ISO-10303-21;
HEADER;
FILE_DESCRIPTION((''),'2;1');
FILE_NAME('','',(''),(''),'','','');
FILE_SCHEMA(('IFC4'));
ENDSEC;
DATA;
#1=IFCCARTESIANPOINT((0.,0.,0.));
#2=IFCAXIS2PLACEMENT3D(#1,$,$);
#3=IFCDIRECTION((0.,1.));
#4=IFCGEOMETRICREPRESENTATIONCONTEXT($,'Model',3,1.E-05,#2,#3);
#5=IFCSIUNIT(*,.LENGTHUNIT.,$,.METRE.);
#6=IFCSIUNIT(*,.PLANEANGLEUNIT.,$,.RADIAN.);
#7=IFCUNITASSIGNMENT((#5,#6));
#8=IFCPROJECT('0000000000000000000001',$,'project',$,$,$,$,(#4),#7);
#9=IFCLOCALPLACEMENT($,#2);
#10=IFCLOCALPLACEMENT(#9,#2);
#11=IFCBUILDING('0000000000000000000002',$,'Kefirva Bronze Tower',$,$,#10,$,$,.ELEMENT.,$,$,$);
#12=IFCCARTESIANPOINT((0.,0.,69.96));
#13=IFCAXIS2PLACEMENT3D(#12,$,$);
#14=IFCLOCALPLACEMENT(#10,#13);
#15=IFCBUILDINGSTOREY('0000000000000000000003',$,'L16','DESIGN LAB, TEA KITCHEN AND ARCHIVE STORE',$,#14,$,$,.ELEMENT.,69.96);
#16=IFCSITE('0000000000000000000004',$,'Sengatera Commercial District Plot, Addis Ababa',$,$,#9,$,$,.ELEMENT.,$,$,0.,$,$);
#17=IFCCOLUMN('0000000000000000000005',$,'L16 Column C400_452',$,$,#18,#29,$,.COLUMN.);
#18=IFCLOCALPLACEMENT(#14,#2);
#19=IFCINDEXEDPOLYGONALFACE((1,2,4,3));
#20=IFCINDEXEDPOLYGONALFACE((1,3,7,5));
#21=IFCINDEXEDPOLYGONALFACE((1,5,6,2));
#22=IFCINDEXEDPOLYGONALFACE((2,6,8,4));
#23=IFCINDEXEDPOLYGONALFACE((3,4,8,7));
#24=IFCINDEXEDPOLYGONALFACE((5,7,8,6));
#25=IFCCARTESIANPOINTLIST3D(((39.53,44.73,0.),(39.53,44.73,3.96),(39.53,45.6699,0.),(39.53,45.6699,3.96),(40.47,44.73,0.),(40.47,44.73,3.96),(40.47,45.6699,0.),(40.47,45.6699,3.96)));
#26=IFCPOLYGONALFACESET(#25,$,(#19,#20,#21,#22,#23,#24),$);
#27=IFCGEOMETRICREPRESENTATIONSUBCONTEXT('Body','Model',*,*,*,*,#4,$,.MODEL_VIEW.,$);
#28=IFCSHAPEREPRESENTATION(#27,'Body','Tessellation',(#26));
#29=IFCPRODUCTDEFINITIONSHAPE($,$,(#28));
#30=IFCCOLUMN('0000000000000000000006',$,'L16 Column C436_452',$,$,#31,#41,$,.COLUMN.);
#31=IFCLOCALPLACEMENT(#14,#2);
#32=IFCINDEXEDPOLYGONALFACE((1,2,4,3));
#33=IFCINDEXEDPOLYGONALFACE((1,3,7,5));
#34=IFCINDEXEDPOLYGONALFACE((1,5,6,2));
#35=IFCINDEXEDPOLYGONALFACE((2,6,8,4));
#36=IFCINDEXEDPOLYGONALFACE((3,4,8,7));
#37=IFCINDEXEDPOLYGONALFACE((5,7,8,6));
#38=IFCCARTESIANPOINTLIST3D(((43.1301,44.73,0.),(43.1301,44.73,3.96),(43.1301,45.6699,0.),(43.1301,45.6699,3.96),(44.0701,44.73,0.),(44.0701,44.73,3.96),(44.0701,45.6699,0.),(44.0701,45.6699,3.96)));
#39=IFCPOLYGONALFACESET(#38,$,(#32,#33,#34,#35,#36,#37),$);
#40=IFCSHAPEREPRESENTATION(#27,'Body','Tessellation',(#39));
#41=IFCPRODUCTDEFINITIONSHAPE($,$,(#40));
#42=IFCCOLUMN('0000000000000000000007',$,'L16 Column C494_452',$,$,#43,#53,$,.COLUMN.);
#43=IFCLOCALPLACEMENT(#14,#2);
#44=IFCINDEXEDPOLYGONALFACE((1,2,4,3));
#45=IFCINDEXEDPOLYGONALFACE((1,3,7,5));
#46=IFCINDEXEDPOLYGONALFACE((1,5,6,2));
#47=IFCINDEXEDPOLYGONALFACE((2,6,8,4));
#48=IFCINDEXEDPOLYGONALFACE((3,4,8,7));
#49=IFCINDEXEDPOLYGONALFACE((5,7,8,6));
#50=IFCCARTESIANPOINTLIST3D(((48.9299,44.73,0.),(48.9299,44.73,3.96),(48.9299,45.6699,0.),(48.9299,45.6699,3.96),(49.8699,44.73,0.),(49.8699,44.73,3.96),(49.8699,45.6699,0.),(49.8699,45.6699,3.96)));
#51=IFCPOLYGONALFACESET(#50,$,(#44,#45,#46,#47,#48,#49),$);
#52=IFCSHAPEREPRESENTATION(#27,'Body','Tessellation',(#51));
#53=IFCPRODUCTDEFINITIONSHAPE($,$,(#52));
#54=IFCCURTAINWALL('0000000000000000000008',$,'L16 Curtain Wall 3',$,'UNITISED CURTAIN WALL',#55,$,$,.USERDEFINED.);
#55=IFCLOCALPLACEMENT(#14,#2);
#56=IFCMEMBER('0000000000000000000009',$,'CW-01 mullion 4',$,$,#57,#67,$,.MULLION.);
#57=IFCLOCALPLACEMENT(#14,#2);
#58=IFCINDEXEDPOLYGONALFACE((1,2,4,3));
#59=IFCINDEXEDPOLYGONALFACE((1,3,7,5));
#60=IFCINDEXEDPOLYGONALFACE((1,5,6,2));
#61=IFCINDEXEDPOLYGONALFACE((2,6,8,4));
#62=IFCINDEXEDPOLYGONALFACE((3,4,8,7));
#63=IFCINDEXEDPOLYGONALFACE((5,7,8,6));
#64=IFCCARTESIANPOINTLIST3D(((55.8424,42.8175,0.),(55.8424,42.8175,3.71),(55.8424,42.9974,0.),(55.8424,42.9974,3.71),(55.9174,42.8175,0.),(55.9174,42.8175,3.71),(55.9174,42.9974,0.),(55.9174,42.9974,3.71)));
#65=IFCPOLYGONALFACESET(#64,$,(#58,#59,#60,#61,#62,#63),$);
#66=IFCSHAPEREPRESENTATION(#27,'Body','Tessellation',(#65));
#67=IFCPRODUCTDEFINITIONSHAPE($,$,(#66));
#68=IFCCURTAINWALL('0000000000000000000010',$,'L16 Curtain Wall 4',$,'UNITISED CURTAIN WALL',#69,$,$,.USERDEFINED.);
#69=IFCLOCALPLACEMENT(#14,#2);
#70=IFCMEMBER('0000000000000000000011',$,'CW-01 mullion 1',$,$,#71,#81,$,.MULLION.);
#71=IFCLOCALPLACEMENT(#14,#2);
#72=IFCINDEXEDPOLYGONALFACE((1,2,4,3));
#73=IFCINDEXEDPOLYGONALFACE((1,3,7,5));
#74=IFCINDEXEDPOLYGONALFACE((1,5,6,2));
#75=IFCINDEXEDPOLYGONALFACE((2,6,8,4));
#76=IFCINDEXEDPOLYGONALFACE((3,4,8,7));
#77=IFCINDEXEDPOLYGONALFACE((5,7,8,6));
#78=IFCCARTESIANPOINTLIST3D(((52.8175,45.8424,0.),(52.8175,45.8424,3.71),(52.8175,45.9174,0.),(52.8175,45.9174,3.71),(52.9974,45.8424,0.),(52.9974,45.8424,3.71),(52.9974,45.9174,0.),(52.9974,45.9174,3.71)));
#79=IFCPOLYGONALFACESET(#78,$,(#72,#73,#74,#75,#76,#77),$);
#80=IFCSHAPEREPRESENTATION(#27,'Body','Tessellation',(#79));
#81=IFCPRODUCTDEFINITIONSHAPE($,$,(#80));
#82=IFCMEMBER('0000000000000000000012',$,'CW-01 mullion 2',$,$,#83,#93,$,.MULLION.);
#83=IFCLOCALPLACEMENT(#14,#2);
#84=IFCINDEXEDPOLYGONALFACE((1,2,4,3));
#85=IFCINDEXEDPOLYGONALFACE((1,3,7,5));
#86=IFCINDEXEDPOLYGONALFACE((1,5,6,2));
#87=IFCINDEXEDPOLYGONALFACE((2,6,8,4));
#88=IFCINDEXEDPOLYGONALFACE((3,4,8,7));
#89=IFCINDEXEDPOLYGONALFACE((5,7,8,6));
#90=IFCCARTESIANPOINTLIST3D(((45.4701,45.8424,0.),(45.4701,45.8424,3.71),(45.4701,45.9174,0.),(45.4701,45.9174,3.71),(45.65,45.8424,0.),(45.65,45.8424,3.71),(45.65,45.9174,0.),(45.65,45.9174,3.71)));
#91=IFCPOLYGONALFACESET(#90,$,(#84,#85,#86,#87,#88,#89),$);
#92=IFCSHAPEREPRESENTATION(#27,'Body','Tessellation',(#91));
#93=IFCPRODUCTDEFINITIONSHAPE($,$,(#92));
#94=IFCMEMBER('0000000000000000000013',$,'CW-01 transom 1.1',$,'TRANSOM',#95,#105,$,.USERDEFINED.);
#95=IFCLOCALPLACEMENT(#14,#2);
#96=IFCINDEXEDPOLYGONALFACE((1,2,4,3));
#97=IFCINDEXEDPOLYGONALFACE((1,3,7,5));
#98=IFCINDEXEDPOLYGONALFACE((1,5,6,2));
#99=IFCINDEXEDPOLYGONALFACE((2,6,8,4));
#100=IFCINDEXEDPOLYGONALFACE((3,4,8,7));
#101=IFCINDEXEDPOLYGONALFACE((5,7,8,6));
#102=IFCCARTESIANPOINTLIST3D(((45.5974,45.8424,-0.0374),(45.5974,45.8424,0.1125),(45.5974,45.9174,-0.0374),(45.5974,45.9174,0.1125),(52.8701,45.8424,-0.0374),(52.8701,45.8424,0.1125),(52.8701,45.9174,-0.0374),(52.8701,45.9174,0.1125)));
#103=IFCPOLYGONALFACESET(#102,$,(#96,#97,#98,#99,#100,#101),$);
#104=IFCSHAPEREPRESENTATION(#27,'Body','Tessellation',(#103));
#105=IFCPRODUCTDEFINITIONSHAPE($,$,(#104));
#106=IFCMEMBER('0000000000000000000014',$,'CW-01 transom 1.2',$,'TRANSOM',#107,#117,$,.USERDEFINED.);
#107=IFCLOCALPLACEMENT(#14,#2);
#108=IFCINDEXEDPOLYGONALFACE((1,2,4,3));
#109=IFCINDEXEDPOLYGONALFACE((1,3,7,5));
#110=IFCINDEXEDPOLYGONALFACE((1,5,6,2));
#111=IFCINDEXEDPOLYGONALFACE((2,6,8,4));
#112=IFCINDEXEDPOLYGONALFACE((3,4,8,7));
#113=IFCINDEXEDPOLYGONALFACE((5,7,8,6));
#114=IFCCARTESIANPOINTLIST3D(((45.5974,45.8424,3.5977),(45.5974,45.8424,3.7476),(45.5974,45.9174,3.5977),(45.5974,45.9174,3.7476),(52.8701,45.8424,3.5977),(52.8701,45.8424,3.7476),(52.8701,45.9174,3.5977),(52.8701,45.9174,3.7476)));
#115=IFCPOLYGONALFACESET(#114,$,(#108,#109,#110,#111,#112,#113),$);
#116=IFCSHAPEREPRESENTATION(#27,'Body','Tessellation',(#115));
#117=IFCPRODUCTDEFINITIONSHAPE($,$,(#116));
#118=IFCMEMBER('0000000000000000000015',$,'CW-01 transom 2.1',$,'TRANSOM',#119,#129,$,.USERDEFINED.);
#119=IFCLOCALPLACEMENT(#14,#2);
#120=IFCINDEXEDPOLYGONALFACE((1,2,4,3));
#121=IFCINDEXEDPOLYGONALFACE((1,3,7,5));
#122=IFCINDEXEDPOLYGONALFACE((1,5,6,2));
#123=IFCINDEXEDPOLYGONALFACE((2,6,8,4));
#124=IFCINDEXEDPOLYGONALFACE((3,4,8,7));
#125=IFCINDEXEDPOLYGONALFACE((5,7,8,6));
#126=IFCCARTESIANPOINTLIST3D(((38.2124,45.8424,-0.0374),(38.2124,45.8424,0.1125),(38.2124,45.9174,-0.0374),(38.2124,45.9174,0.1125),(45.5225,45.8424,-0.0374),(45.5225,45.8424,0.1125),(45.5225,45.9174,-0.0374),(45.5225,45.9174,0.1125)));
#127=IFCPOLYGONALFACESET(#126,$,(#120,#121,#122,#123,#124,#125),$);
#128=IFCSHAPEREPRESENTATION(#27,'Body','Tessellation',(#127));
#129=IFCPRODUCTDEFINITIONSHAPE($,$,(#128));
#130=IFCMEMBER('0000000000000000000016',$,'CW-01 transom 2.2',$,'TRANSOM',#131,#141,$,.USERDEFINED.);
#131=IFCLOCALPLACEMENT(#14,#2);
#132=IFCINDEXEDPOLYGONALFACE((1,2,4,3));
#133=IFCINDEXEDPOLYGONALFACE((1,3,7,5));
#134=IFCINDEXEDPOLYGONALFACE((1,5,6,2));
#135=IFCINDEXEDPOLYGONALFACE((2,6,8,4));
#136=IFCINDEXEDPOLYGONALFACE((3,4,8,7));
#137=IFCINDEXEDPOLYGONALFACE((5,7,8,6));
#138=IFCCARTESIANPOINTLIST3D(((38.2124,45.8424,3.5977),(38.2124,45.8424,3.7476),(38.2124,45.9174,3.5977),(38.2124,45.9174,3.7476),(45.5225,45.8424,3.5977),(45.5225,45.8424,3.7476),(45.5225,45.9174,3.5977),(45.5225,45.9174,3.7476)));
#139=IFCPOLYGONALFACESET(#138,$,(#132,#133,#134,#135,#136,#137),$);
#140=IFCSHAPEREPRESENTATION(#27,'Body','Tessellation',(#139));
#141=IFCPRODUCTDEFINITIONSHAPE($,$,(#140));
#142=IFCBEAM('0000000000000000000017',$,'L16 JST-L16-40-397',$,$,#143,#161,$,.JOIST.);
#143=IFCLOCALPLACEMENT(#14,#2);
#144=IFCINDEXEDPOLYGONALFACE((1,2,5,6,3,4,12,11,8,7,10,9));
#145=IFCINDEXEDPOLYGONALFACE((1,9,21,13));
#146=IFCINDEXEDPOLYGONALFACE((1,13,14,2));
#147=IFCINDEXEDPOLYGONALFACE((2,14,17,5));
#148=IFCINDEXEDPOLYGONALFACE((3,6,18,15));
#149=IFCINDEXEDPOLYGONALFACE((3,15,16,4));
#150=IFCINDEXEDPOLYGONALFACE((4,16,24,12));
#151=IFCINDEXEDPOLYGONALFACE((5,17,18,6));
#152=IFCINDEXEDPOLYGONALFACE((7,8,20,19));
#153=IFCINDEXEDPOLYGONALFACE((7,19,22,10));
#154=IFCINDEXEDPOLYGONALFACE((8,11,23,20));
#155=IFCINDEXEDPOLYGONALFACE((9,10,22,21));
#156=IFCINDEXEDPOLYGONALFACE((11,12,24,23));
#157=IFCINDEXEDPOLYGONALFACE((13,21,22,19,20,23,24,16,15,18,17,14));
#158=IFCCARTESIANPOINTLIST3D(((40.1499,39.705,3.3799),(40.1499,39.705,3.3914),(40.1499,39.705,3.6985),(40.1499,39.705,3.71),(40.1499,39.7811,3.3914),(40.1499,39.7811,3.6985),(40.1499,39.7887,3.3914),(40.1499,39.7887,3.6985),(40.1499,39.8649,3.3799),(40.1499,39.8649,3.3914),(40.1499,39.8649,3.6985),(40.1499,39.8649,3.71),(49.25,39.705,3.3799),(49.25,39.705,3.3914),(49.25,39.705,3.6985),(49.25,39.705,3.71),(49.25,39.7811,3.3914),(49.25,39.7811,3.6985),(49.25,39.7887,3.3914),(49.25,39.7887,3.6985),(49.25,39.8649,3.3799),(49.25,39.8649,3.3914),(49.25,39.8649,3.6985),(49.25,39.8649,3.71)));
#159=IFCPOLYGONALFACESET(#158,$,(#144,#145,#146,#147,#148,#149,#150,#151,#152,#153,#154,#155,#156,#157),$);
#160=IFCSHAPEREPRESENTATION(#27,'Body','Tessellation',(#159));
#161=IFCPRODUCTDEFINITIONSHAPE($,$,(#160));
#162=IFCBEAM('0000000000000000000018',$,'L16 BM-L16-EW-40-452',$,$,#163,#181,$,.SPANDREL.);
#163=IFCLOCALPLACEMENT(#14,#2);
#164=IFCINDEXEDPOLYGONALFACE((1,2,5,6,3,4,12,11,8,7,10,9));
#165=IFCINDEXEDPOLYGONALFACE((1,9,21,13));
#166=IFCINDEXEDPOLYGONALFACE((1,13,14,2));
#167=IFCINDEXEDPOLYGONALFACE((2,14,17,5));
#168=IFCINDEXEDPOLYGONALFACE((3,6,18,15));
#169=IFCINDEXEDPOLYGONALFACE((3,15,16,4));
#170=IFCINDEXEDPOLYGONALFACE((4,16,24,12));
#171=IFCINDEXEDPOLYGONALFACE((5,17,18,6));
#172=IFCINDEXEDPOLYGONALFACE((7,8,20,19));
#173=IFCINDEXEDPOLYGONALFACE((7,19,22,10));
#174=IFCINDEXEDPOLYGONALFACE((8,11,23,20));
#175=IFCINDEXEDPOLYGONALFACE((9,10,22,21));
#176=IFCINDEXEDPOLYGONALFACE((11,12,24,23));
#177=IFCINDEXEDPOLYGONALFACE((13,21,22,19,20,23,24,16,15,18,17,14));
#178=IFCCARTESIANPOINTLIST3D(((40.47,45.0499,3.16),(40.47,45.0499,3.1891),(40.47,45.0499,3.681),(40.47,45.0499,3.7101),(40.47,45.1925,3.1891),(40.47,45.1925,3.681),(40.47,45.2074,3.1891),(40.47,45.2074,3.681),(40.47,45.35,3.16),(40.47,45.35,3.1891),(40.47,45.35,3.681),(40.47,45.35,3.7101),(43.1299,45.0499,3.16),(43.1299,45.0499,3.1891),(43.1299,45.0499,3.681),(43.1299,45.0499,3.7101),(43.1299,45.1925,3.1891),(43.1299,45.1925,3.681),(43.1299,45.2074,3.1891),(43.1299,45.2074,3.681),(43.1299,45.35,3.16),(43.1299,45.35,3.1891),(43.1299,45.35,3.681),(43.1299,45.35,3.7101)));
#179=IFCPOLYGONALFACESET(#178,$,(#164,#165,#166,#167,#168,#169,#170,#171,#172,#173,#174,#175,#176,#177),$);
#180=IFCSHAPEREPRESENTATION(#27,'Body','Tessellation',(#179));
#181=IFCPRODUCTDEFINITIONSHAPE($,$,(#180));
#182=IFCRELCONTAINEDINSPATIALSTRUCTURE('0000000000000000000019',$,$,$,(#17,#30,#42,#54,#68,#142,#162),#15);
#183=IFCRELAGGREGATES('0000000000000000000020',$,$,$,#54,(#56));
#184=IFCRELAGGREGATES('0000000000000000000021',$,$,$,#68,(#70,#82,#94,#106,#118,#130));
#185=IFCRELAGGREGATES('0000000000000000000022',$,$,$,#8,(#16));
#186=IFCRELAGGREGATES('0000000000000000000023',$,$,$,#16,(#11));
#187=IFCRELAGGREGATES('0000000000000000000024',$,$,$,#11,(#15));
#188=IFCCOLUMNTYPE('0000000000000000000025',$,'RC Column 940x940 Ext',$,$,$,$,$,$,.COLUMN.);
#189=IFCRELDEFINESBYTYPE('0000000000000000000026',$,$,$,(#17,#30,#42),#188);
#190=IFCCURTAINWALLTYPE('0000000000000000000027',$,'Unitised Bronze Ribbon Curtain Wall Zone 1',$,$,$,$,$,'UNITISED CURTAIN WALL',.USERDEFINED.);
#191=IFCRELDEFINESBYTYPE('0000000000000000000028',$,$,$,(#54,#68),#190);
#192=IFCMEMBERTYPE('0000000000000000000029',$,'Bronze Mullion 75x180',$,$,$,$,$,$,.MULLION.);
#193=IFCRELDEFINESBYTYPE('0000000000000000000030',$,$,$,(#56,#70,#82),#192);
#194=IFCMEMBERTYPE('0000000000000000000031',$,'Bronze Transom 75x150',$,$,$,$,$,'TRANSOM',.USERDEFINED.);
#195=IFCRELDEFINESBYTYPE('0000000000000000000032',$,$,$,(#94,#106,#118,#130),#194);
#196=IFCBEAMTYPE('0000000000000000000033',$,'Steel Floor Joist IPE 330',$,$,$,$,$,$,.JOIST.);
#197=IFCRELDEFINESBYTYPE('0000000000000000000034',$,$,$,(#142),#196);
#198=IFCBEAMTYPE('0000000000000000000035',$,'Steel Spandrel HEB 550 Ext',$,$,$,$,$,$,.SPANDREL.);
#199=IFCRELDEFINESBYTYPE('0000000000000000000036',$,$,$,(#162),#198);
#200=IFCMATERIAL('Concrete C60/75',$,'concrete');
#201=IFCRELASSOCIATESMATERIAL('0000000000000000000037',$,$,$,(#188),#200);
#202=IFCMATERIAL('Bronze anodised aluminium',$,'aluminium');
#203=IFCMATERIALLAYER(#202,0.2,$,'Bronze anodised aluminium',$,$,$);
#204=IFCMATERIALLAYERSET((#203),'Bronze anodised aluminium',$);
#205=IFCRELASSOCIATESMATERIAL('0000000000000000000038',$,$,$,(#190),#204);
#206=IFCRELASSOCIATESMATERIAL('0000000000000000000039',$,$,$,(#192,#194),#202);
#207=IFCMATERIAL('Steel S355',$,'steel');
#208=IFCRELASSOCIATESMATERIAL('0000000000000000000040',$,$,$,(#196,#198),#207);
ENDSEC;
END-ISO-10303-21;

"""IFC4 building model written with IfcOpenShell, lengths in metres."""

from ifc_helpers import new_model, si_unit, direction, frame, origin, origin_2d, place, context, subcontext, project, spatial, rectangle, i_section, extrude, material, layer, layer_set, material_profile, profile_set, type_object, element, aggregate, save


model = new_model("IFC4")

# Units and contexts
model_context = context("Model", 3, precision=1e-05, world=origin(), true_north=direction((0.0, 1.0)))
body_context = subcontext(model_context, "Body", "Model", "MODEL_VIEW")
ifc_project = project(units=[si_unit("LENGTHUNIT", "METRE"), si_unit("PLANEANGLEUNIT", "RADIAN")], contexts=[model_context])

# Site, building, storey
site_placement = place(None, origin())
site = spatial("IfcSite", under=ifc_project, at=site_placement, Name="Sengatera Commercial District Plot, Addis Ababa", CompositionType="ELEMENT", RefElevation=0.0)
building_placement = place(site_placement, origin())
building = spatial("IfcBuilding", under=site, at=building_placement, Name="Kefirva Bronze Tower", CompositionType="ELEMENT")
storey_placement = place(building_placement, frame((0.0, 0.0, 69.96)))
storey = spatial("IfcBuildingStorey", under=building, at=storey_placement, Name="L16", Description="DESIGN LAB, TEA KITCHEN AND ARCHIVE STORE", CompositionType="ELEMENT", Elevation=69.96)

# Columns
ifc_material_1 = material(Name="Concrete C60/75", Category="concrete")
ifc_material_profile_1 = material_profile(ifc_material_1, rectangle(XDim=0.9399, YDim=0.9399, at=origin_2d()), Name="RC 940x940")
ifc_profile_set_1 = profile_set([ifc_material_profile_1], Name="Concrete C60/75")
column_type = type_object("IfcColumnType", Name="RC Column 940x940 Ext", PredefinedType="COLUMN", material=ifc_profile_set_1)
for number, where, z_axis, x_axis, name in (
    (1, (40.0, 45.2, 0.0), (0.0, 0.0, 1.0), (1.0, 0.0, 0.0), "L16 Column C400_452"),
    (2, (43.6001, 45.2, 0.0), (0.0, 0.0, 1.0), (1.0, 0.0, 0.0), "L16 Column C436_452"),
    (3, (49.3999, 45.2, 0.0), (0.0, 0.0, 1.0), (1.0, 0.0, 0.0), "L16 Column C494_452"),
):
    element("IfcColumn", number, at=place(storey_placement, frame(where, z_axis=z_axis, x_axis=x_axis)), inside=storey, type_object=column_type, Name=name, PredefinedType="COLUMN", context=body_context, shape_type="SweptSolid", body=[
        extrude(rectangle(XDim=0.9399, YDim=0.9399, at=origin_2d()), origin(), (0.0, 0.0, 1.0), 3.96),
    ])

# Curtain wall, member
ifc_material_2 = material(Name="Bronze anodised aluminium", Category="aluminium")
ifc_layer_1 = layer(ifc_material_2, 0.2, Name="Bronze anodised aluminium")
ifc_layer_set_1 = layer_set([ifc_layer_1], Name="Bronze anodised aluminium")
curtain_wall_type = type_object("IfcCurtainWallType", Name="Unitised Bronze Ribbon Curtain Wall Zone 1", ElementType="UNITISED CURTAIN WALL", PredefinedType="USERDEFINED", material=ifc_layer_set_1)
curtain_wall_1_placement = place(storey_placement, origin())
curtain_wall_1 = element("IfcCurtainWall", 4, at=curtain_wall_1_placement, inside=storey, type_object=curtain_wall_type, Name="L16 Curtain Wall 3", ObjectType="UNITISED CURTAIN WALL", PredefinedType="USERDEFINED")
ifc_material_profile_2 = material_profile(ifc_material_2, rectangle(XDim=0.075, YDim=0.1799, at=origin_2d()), Name="ALU 75x180")
ifc_profile_set_2 = profile_set([ifc_material_profile_2], Name="Bronze anodised aluminium")
member_type_1 = type_object("IfcMemberType", Name="Bronze Mullion 75x180", PredefinedType="MULLION", material=ifc_profile_set_2)
member_1_placement = place(storey_placement, frame((55.8799, 42.9075, 0.0), z_axis=(0.0, 0.0, 1.0), x_axis=(-1.0, 0.0, 0.0)))
member_1 = element("IfcMember", 5, at=member_1_placement, type_object=member_type_1, Name="CW-01 mullion 4", PredefinedType="MULLION", context=body_context, shape_type="SweptSolid", body=[
    extrude(rectangle(XDim=0.075, YDim=0.1799, at=origin_2d()), origin(), (0.0, 0.0, 1.0), 3.71),
])

# Curtain wall, members
curtain_wall_2_placement = place(storey_placement, origin())
curtain_wall_2 = element("IfcCurtainWall", 6, at=curtain_wall_2_placement, inside=storey, type_object=curtain_wall_type, Name="L16 Curtain Wall 4", ObjectType="UNITISED CURTAIN WALL", PredefinedType="USERDEFINED")
member_2_placement = place(storey_placement, frame((52.9075, 45.8799, 0.0), z_axis=(0.0, 0.0, 1.0), x_axis=(0.0, -1.0, 0.0)))
member_2 = element("IfcMember", 7, at=member_2_placement, type_object=member_type_1, Name="CW-01 mullion 1", PredefinedType="MULLION", context=body_context, shape_type="SweptSolid", body=[
    extrude(rectangle(XDim=0.075, YDim=0.1799, at=origin_2d()), origin(), (0.0, 0.0, 1.0), 3.71),
])
member_3_placement = place(storey_placement, frame((45.5601, 45.8799, 0.0), z_axis=(0.0, 0.0, 1.0), x_axis=(0.0, -1.0, 0.0)))
member_3 = element("IfcMember", 8, at=member_3_placement, type_object=member_type_1, Name="CW-01 mullion 2", PredefinedType="MULLION", context=body_context, shape_type="SweptSolid", body=[
    extrude(rectangle(XDim=0.075, YDim=0.1799, at=origin_2d()), origin(), (0.0, 0.0, 1.0), 3.71),
])
ifc_material_profile_3 = material_profile(ifc_material_2, rectangle(XDim=0.075, YDim=0.1499, at=origin_2d()), Name="ALU 75x150")
ifc_profile_set_3 = profile_set([ifc_material_profile_3], Name="Bronze anodised aluminium")
member_type_2 = type_object("IfcMemberType", Name="Bronze Transom 75x150", ElementType="TRANSOM", PredefinedType="USERDEFINED", material=ifc_profile_set_3)
member_4_placement = place(storey_placement, frame((52.8701, 45.8799, 0.0376), z_axis=(-1.0, 0.0, 0.0), x_axis=(0.0, -1.0, 0.0)))
member_4 = element("IfcMember", 9, at=member_4_placement, type_object=member_type_2, Name="CW-01 transom 1.1", ObjectType="TRANSOM", PredefinedType="USERDEFINED", context=body_context, shape_type="SweptSolid", body=[
    extrude(rectangle(XDim=0.075, YDim=0.1499, at=origin_2d()), origin(), (0.0, 0.0, 1.0), 7.2727),
])
member_5_placement = place(storey_placement, frame((52.8701, 45.8799, 3.6726), z_axis=(-1.0, 0.0, 0.0), x_axis=(0.0, -1.0, 0.0)))
member_5 = element("IfcMember", 10, at=member_5_placement, type_object=member_type_2, Name="CW-01 transom 1.2", ObjectType="TRANSOM", PredefinedType="USERDEFINED", context=body_context, shape_type="SweptSolid", body=[
    extrude(rectangle(XDim=0.075, YDim=0.1499, at=origin_2d()), origin(), (0.0, 0.0, 1.0), 7.2727),
])
member_6_placement = place(storey_placement, frame((45.5225, 45.8799, 0.0376), z_axis=(-1.0, 0.0, 0.0), x_axis=(0.0, -1.0, 0.0)))
member_6 = element("IfcMember", 11, at=member_6_placement, type_object=member_type_2, Name="CW-01 transom 2.1", ObjectType="TRANSOM", PredefinedType="USERDEFINED", context=body_context, shape_type="SweptSolid", body=[
    extrude(rectangle(XDim=0.075, YDim=0.1499, at=origin_2d()), origin(), (0.0, 0.0, 1.0), 7.3101),
])
member_7_placement = place(storey_placement, frame((45.5225, 45.8799, 3.6726), z_axis=(-1.0, 0.0, 0.0), x_axis=(0.0, -1.0, 0.0)))
member_7 = element("IfcMember", 12, at=member_7_placement, type_object=member_type_2, Name="CW-01 transom 2.2", ObjectType="TRANSOM", PredefinedType="USERDEFINED", context=body_context, shape_type="SweptSolid", body=[
    extrude(rectangle(XDim=0.075, YDim=0.1499, at=origin_2d()), origin(), (0.0, 0.0, 1.0), 7.3101),
])

# Beams
ifc_material_3 = material(Name="Steel S355", Category="steel")
ifc_material_profile_4 = material_profile(ifc_material_3, i_section(OverallWidth=0.1599, OverallDepth=0.3301, WebThickness=0.0076, FlangeThickness=0.0115, at=origin_2d()), Name="IPE 330")
ifc_profile_set_4 = profile_set([ifc_material_profile_4], Name="Steel S355")
beam_type_1 = type_object("IfcBeamType", Name="Steel Floor Joist IPE 330", PredefinedType="JOIST", material=ifc_profile_set_4)
beam_1_placement = place(storey_placement, frame((40.1499, 39.7849, 3.5449), z_axis=(1.0, 0.0, 0.0), x_axis=(0.0, 1.0, 0.0)))
element("IfcBeam", 13, at=beam_1_placement, inside=storey, type_object=beam_type_1, Name="L16 JST-L16-40-397", PredefinedType="JOIST", context=body_context, shape_type="SweptSolid", body=[
    extrude(i_section(OverallWidth=0.1599, OverallDepth=0.3301, WebThickness=0.0076, FlangeThickness=0.0115, at=origin_2d()), origin(), (0.0, 0.0, 1.0), 9.1001),
])
ifc_material_profile_5 = material_profile(ifc_material_3, i_section(OverallWidth=0.3, OverallDepth=0.55, WebThickness=0.0149, FlangeThickness=0.0291, at=origin_2d()), Name="HEB 550")
ifc_profile_set_5 = profile_set([ifc_material_profile_5], Name="Steel S355")
beam_type_2 = type_object("IfcBeamType", Name="Steel Spandrel HEB 550 Ext", PredefinedType="SPANDREL", material=ifc_profile_set_5)
beam_2_placement = place(storey_placement, frame((40.47, 45.2, 3.4351), z_axis=(1.0, 0.0, 0.0), x_axis=(0.0, 1.0, 0.0)))
element("IfcBeam", 14, at=beam_2_placement, inside=storey, type_object=beam_type_2, Name="L16 BM-L16-EW-40-452", PredefinedType="SPANDREL", context=body_context, shape_type="SweptSolid", body=[
    extrude(i_section(OverallWidth=0.3, OverallDepth=0.55, WebThickness=0.0149, FlangeThickness=0.0291, at=origin_2d()), origin(), (0.0, 0.0, 1.0), 2.6599),
])

aggregate(curtain_wall_1, [member_1])
aggregate(curtain_wall_2, [member_2, member_3, member_4, member_5, member_6, member_7])

save(model, "model.ifc")
